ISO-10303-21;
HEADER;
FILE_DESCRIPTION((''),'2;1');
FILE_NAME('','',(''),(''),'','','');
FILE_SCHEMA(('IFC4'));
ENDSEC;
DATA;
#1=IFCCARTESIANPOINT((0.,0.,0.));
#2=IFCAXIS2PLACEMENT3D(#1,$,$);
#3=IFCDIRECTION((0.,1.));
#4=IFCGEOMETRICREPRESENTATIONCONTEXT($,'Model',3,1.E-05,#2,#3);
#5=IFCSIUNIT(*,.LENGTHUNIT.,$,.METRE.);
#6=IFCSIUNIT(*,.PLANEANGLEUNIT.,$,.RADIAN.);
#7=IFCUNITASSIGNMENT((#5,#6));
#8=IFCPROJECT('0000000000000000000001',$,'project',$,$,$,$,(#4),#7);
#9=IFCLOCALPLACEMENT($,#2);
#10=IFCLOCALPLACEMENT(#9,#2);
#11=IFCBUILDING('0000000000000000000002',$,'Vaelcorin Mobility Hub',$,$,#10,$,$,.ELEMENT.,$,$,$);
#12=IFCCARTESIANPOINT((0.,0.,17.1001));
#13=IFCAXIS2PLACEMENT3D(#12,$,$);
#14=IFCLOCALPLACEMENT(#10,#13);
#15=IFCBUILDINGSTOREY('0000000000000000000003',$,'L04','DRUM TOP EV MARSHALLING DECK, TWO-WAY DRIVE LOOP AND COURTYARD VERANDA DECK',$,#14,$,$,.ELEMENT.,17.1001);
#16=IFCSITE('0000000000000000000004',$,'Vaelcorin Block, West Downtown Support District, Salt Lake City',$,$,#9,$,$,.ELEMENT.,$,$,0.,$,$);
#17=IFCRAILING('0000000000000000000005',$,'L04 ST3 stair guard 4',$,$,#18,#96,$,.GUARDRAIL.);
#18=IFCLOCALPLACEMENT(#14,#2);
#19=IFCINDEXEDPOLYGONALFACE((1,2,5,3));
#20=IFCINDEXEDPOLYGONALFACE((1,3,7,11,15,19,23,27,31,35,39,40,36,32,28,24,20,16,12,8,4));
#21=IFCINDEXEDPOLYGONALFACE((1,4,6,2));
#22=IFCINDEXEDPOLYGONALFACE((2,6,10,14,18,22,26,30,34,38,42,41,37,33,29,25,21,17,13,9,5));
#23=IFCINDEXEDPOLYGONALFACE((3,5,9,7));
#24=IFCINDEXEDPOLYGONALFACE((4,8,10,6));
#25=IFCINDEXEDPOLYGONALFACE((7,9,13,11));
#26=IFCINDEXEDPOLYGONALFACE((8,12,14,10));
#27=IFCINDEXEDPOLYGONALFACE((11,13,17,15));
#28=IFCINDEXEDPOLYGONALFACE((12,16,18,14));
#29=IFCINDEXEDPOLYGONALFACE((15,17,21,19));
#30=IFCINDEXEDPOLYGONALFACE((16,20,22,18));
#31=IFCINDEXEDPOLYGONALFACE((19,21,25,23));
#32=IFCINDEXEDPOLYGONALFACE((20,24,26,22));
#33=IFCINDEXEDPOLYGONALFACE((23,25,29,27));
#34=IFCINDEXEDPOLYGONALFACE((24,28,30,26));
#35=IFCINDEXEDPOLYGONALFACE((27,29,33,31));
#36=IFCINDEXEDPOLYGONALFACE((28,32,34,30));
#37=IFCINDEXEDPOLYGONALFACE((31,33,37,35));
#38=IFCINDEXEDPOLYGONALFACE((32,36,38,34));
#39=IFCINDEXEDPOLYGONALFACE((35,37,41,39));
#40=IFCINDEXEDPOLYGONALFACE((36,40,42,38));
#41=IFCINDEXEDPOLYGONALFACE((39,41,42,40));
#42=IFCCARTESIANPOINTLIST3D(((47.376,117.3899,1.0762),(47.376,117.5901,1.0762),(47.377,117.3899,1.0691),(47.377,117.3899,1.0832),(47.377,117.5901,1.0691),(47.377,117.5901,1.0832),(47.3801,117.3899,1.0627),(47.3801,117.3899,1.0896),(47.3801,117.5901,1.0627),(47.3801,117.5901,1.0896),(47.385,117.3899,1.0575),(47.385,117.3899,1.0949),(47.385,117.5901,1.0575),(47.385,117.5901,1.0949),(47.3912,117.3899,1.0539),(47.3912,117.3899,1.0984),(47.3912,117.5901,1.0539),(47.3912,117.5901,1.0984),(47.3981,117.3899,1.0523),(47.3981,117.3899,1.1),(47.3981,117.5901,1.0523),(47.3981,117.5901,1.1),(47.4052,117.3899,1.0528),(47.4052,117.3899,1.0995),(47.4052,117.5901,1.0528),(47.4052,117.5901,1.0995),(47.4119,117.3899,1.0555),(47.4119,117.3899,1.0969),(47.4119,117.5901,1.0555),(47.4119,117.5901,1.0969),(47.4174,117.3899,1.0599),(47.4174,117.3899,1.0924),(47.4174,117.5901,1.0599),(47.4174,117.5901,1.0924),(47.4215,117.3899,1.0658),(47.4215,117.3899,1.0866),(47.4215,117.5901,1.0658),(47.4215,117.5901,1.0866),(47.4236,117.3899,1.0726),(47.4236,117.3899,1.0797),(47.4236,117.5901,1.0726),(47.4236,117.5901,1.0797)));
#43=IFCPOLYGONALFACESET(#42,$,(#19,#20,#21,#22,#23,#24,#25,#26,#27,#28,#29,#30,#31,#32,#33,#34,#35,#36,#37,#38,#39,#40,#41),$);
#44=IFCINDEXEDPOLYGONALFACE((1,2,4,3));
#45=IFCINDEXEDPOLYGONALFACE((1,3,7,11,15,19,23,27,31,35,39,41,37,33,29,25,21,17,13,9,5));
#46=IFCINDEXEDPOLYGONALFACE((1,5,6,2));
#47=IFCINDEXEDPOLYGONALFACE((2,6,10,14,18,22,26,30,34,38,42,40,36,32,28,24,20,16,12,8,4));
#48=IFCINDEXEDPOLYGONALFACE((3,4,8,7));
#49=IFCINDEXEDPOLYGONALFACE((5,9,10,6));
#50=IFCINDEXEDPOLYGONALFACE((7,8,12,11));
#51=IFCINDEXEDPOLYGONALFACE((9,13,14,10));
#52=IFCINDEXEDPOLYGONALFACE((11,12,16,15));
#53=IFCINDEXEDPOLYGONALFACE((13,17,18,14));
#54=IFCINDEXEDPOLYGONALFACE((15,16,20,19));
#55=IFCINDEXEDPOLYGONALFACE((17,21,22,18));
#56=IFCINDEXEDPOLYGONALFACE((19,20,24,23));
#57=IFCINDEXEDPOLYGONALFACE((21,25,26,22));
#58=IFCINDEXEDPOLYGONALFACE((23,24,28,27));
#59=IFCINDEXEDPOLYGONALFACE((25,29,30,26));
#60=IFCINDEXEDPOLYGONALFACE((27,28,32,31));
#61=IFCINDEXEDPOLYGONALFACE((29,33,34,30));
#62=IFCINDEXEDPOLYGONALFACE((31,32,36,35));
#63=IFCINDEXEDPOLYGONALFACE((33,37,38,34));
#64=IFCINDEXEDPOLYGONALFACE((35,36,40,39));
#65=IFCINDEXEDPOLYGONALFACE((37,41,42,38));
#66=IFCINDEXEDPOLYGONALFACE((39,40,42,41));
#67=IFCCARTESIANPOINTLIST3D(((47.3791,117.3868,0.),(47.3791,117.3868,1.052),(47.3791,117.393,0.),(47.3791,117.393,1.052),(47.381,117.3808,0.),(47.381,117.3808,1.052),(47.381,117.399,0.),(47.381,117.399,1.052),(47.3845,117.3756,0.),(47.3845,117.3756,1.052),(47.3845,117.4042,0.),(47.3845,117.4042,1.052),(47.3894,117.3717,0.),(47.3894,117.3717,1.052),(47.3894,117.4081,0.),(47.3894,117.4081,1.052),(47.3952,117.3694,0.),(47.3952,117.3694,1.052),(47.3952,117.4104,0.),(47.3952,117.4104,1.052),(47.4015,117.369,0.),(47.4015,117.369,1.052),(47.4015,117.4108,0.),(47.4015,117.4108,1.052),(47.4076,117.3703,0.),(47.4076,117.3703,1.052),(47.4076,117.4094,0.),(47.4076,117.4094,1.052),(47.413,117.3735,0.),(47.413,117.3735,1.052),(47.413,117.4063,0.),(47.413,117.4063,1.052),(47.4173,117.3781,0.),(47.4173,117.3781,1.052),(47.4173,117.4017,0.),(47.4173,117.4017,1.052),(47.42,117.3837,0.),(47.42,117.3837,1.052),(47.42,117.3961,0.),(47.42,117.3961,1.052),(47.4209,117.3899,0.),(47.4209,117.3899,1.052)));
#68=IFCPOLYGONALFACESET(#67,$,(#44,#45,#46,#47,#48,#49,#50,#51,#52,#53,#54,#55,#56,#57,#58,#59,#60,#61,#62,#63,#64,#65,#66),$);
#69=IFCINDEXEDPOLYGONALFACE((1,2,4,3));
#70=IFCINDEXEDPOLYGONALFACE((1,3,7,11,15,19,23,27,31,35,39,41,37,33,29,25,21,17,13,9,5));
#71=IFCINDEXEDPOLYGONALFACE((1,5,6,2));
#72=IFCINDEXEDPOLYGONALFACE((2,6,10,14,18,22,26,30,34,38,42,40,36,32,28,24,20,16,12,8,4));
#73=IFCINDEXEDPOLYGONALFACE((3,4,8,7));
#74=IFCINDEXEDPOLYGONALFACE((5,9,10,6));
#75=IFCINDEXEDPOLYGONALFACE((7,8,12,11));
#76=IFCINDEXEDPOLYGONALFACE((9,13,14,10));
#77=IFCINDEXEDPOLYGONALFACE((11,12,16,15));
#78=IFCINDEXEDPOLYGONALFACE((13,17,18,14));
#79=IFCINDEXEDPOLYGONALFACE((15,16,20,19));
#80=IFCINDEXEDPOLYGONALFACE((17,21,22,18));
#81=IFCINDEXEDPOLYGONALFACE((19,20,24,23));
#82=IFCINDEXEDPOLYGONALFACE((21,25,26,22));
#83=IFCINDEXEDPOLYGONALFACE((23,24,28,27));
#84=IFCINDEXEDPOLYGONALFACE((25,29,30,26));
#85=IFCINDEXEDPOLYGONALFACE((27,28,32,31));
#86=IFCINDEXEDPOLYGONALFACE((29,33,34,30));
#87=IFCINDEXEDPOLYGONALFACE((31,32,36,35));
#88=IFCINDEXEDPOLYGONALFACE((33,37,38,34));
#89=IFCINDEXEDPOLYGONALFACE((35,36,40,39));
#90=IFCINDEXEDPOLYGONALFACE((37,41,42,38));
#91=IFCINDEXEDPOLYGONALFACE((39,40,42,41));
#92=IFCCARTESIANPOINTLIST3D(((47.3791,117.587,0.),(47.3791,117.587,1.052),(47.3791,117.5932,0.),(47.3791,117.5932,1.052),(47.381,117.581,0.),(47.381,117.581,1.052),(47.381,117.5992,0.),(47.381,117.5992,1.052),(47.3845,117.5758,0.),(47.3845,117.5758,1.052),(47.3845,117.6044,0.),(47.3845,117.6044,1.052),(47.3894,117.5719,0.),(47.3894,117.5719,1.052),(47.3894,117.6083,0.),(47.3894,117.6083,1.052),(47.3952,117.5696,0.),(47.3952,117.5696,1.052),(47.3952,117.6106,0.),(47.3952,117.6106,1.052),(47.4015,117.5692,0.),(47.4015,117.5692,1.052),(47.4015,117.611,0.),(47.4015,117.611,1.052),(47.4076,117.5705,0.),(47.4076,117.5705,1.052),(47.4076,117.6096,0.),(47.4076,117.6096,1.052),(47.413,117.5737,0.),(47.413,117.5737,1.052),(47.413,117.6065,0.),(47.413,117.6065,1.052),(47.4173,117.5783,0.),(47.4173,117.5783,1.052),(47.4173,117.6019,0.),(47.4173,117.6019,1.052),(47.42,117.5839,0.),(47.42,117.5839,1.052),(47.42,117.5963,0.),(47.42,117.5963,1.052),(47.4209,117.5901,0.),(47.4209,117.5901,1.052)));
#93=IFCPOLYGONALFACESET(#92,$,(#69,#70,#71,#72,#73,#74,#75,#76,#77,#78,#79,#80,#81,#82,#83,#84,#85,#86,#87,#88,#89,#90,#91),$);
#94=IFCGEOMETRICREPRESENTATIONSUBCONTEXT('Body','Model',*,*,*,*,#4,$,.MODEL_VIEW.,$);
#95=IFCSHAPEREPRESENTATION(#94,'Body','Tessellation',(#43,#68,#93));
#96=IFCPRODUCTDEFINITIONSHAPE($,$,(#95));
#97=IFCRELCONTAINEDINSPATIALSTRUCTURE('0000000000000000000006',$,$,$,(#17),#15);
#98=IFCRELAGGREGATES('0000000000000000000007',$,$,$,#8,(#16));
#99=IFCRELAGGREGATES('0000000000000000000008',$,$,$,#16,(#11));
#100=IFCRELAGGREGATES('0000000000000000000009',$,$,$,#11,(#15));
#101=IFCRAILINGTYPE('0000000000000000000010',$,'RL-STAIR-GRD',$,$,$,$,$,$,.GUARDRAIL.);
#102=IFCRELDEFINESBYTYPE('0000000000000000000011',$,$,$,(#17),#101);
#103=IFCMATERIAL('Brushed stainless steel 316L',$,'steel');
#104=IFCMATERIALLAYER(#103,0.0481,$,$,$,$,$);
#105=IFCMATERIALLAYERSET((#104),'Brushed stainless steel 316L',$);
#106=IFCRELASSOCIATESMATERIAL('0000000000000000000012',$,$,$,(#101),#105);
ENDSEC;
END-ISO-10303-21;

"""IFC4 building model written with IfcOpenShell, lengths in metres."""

from ifc_helpers import new_model, si_unit, direction, frame, origin, origin_2d, place, context, subcontext, project, spatial, circle, extrude, material, layer, layer_set, type_object, element, save


model = new_model("IFC4")

# Units and contexts
model_context = context("Model", 3, precision=1e-05, world=origin(), true_north=direction((0.0, 1.0)))
body_context = subcontext(model_context, "Body", "Model", "MODEL_VIEW")
ifc_project = project(units=[si_unit("LENGTHUNIT", "METRE"), si_unit("PLANEANGLEUNIT", "RADIAN")], contexts=[model_context])

# Site, building, storey
site_placement = place(None, origin())
site = spatial("IfcSite", under=ifc_project, at=site_placement, Name="Vaelcorin Block, West Downtown Support District, Salt Lake City", CompositionType="ELEMENT", RefElevation=0.0)
building_placement = place(site_placement, origin())
building = spatial("IfcBuilding", under=site, at=building_placement, Name="Vaelcorin Mobility Hub", CompositionType="ELEMENT")
storey_placement = place(building_placement, frame((0.0, 0.0, 17.1001)))
storey = spatial("IfcBuildingStorey", under=building, at=storey_placement, Name="L04", Description="DRUM TOP EV MARSHALLING DECK, TWO-WAY DRIVE LOOP AND COURTYARD VERANDA DECK", CompositionType="ELEMENT", Elevation=17.1001)

# Railing
ifc_material_1 = material(Name="Brushed stainless steel 316L", Category="steel")
ifc_layer_1 = layer(ifc_material_1, 0.0481)
ifc_layer_set_1 = layer_set([ifc_layer_1], Name="Brushed stainless steel 316L")
railing_type_1 = type_object("IfcRailingType", Name="RL-STAIR-GRD", PredefinedType="GUARDRAIL", material=ifc_layer_set_1)
railing_1_placement = place(storey_placement, frame((47.3999, 117.3899, 0.0)))
element("IfcRailing", 1, at=railing_1_placement, inside=storey, type_object=railing_type_1, Name="L04 ST3 stair guard 4", PredefinedType="GUARDRAIL", context=body_context, shape_type="SweptSolid", body=[
    extrude(circle(Radius=0.0239, at=origin_2d()), frame((0.0, 0.0, 1.0762), z_axis=(0.0, 1.0, 0.0), x_axis=(-1.0, 0.0, 0.0)), (0.0, 0.0, 1.0), 0.2002),
    extrude(circle(Radius=0.021, at=origin_2d()), origin(), (0.0, 0.0, 1.0), 1.052),
    extrude(circle(Radius=0.021, at=origin_2d()), frame((0.0, 0.2002, 0.0)), (0.0, 0.0, 1.0), 1.052),
])

save(model, "model.ifc")
